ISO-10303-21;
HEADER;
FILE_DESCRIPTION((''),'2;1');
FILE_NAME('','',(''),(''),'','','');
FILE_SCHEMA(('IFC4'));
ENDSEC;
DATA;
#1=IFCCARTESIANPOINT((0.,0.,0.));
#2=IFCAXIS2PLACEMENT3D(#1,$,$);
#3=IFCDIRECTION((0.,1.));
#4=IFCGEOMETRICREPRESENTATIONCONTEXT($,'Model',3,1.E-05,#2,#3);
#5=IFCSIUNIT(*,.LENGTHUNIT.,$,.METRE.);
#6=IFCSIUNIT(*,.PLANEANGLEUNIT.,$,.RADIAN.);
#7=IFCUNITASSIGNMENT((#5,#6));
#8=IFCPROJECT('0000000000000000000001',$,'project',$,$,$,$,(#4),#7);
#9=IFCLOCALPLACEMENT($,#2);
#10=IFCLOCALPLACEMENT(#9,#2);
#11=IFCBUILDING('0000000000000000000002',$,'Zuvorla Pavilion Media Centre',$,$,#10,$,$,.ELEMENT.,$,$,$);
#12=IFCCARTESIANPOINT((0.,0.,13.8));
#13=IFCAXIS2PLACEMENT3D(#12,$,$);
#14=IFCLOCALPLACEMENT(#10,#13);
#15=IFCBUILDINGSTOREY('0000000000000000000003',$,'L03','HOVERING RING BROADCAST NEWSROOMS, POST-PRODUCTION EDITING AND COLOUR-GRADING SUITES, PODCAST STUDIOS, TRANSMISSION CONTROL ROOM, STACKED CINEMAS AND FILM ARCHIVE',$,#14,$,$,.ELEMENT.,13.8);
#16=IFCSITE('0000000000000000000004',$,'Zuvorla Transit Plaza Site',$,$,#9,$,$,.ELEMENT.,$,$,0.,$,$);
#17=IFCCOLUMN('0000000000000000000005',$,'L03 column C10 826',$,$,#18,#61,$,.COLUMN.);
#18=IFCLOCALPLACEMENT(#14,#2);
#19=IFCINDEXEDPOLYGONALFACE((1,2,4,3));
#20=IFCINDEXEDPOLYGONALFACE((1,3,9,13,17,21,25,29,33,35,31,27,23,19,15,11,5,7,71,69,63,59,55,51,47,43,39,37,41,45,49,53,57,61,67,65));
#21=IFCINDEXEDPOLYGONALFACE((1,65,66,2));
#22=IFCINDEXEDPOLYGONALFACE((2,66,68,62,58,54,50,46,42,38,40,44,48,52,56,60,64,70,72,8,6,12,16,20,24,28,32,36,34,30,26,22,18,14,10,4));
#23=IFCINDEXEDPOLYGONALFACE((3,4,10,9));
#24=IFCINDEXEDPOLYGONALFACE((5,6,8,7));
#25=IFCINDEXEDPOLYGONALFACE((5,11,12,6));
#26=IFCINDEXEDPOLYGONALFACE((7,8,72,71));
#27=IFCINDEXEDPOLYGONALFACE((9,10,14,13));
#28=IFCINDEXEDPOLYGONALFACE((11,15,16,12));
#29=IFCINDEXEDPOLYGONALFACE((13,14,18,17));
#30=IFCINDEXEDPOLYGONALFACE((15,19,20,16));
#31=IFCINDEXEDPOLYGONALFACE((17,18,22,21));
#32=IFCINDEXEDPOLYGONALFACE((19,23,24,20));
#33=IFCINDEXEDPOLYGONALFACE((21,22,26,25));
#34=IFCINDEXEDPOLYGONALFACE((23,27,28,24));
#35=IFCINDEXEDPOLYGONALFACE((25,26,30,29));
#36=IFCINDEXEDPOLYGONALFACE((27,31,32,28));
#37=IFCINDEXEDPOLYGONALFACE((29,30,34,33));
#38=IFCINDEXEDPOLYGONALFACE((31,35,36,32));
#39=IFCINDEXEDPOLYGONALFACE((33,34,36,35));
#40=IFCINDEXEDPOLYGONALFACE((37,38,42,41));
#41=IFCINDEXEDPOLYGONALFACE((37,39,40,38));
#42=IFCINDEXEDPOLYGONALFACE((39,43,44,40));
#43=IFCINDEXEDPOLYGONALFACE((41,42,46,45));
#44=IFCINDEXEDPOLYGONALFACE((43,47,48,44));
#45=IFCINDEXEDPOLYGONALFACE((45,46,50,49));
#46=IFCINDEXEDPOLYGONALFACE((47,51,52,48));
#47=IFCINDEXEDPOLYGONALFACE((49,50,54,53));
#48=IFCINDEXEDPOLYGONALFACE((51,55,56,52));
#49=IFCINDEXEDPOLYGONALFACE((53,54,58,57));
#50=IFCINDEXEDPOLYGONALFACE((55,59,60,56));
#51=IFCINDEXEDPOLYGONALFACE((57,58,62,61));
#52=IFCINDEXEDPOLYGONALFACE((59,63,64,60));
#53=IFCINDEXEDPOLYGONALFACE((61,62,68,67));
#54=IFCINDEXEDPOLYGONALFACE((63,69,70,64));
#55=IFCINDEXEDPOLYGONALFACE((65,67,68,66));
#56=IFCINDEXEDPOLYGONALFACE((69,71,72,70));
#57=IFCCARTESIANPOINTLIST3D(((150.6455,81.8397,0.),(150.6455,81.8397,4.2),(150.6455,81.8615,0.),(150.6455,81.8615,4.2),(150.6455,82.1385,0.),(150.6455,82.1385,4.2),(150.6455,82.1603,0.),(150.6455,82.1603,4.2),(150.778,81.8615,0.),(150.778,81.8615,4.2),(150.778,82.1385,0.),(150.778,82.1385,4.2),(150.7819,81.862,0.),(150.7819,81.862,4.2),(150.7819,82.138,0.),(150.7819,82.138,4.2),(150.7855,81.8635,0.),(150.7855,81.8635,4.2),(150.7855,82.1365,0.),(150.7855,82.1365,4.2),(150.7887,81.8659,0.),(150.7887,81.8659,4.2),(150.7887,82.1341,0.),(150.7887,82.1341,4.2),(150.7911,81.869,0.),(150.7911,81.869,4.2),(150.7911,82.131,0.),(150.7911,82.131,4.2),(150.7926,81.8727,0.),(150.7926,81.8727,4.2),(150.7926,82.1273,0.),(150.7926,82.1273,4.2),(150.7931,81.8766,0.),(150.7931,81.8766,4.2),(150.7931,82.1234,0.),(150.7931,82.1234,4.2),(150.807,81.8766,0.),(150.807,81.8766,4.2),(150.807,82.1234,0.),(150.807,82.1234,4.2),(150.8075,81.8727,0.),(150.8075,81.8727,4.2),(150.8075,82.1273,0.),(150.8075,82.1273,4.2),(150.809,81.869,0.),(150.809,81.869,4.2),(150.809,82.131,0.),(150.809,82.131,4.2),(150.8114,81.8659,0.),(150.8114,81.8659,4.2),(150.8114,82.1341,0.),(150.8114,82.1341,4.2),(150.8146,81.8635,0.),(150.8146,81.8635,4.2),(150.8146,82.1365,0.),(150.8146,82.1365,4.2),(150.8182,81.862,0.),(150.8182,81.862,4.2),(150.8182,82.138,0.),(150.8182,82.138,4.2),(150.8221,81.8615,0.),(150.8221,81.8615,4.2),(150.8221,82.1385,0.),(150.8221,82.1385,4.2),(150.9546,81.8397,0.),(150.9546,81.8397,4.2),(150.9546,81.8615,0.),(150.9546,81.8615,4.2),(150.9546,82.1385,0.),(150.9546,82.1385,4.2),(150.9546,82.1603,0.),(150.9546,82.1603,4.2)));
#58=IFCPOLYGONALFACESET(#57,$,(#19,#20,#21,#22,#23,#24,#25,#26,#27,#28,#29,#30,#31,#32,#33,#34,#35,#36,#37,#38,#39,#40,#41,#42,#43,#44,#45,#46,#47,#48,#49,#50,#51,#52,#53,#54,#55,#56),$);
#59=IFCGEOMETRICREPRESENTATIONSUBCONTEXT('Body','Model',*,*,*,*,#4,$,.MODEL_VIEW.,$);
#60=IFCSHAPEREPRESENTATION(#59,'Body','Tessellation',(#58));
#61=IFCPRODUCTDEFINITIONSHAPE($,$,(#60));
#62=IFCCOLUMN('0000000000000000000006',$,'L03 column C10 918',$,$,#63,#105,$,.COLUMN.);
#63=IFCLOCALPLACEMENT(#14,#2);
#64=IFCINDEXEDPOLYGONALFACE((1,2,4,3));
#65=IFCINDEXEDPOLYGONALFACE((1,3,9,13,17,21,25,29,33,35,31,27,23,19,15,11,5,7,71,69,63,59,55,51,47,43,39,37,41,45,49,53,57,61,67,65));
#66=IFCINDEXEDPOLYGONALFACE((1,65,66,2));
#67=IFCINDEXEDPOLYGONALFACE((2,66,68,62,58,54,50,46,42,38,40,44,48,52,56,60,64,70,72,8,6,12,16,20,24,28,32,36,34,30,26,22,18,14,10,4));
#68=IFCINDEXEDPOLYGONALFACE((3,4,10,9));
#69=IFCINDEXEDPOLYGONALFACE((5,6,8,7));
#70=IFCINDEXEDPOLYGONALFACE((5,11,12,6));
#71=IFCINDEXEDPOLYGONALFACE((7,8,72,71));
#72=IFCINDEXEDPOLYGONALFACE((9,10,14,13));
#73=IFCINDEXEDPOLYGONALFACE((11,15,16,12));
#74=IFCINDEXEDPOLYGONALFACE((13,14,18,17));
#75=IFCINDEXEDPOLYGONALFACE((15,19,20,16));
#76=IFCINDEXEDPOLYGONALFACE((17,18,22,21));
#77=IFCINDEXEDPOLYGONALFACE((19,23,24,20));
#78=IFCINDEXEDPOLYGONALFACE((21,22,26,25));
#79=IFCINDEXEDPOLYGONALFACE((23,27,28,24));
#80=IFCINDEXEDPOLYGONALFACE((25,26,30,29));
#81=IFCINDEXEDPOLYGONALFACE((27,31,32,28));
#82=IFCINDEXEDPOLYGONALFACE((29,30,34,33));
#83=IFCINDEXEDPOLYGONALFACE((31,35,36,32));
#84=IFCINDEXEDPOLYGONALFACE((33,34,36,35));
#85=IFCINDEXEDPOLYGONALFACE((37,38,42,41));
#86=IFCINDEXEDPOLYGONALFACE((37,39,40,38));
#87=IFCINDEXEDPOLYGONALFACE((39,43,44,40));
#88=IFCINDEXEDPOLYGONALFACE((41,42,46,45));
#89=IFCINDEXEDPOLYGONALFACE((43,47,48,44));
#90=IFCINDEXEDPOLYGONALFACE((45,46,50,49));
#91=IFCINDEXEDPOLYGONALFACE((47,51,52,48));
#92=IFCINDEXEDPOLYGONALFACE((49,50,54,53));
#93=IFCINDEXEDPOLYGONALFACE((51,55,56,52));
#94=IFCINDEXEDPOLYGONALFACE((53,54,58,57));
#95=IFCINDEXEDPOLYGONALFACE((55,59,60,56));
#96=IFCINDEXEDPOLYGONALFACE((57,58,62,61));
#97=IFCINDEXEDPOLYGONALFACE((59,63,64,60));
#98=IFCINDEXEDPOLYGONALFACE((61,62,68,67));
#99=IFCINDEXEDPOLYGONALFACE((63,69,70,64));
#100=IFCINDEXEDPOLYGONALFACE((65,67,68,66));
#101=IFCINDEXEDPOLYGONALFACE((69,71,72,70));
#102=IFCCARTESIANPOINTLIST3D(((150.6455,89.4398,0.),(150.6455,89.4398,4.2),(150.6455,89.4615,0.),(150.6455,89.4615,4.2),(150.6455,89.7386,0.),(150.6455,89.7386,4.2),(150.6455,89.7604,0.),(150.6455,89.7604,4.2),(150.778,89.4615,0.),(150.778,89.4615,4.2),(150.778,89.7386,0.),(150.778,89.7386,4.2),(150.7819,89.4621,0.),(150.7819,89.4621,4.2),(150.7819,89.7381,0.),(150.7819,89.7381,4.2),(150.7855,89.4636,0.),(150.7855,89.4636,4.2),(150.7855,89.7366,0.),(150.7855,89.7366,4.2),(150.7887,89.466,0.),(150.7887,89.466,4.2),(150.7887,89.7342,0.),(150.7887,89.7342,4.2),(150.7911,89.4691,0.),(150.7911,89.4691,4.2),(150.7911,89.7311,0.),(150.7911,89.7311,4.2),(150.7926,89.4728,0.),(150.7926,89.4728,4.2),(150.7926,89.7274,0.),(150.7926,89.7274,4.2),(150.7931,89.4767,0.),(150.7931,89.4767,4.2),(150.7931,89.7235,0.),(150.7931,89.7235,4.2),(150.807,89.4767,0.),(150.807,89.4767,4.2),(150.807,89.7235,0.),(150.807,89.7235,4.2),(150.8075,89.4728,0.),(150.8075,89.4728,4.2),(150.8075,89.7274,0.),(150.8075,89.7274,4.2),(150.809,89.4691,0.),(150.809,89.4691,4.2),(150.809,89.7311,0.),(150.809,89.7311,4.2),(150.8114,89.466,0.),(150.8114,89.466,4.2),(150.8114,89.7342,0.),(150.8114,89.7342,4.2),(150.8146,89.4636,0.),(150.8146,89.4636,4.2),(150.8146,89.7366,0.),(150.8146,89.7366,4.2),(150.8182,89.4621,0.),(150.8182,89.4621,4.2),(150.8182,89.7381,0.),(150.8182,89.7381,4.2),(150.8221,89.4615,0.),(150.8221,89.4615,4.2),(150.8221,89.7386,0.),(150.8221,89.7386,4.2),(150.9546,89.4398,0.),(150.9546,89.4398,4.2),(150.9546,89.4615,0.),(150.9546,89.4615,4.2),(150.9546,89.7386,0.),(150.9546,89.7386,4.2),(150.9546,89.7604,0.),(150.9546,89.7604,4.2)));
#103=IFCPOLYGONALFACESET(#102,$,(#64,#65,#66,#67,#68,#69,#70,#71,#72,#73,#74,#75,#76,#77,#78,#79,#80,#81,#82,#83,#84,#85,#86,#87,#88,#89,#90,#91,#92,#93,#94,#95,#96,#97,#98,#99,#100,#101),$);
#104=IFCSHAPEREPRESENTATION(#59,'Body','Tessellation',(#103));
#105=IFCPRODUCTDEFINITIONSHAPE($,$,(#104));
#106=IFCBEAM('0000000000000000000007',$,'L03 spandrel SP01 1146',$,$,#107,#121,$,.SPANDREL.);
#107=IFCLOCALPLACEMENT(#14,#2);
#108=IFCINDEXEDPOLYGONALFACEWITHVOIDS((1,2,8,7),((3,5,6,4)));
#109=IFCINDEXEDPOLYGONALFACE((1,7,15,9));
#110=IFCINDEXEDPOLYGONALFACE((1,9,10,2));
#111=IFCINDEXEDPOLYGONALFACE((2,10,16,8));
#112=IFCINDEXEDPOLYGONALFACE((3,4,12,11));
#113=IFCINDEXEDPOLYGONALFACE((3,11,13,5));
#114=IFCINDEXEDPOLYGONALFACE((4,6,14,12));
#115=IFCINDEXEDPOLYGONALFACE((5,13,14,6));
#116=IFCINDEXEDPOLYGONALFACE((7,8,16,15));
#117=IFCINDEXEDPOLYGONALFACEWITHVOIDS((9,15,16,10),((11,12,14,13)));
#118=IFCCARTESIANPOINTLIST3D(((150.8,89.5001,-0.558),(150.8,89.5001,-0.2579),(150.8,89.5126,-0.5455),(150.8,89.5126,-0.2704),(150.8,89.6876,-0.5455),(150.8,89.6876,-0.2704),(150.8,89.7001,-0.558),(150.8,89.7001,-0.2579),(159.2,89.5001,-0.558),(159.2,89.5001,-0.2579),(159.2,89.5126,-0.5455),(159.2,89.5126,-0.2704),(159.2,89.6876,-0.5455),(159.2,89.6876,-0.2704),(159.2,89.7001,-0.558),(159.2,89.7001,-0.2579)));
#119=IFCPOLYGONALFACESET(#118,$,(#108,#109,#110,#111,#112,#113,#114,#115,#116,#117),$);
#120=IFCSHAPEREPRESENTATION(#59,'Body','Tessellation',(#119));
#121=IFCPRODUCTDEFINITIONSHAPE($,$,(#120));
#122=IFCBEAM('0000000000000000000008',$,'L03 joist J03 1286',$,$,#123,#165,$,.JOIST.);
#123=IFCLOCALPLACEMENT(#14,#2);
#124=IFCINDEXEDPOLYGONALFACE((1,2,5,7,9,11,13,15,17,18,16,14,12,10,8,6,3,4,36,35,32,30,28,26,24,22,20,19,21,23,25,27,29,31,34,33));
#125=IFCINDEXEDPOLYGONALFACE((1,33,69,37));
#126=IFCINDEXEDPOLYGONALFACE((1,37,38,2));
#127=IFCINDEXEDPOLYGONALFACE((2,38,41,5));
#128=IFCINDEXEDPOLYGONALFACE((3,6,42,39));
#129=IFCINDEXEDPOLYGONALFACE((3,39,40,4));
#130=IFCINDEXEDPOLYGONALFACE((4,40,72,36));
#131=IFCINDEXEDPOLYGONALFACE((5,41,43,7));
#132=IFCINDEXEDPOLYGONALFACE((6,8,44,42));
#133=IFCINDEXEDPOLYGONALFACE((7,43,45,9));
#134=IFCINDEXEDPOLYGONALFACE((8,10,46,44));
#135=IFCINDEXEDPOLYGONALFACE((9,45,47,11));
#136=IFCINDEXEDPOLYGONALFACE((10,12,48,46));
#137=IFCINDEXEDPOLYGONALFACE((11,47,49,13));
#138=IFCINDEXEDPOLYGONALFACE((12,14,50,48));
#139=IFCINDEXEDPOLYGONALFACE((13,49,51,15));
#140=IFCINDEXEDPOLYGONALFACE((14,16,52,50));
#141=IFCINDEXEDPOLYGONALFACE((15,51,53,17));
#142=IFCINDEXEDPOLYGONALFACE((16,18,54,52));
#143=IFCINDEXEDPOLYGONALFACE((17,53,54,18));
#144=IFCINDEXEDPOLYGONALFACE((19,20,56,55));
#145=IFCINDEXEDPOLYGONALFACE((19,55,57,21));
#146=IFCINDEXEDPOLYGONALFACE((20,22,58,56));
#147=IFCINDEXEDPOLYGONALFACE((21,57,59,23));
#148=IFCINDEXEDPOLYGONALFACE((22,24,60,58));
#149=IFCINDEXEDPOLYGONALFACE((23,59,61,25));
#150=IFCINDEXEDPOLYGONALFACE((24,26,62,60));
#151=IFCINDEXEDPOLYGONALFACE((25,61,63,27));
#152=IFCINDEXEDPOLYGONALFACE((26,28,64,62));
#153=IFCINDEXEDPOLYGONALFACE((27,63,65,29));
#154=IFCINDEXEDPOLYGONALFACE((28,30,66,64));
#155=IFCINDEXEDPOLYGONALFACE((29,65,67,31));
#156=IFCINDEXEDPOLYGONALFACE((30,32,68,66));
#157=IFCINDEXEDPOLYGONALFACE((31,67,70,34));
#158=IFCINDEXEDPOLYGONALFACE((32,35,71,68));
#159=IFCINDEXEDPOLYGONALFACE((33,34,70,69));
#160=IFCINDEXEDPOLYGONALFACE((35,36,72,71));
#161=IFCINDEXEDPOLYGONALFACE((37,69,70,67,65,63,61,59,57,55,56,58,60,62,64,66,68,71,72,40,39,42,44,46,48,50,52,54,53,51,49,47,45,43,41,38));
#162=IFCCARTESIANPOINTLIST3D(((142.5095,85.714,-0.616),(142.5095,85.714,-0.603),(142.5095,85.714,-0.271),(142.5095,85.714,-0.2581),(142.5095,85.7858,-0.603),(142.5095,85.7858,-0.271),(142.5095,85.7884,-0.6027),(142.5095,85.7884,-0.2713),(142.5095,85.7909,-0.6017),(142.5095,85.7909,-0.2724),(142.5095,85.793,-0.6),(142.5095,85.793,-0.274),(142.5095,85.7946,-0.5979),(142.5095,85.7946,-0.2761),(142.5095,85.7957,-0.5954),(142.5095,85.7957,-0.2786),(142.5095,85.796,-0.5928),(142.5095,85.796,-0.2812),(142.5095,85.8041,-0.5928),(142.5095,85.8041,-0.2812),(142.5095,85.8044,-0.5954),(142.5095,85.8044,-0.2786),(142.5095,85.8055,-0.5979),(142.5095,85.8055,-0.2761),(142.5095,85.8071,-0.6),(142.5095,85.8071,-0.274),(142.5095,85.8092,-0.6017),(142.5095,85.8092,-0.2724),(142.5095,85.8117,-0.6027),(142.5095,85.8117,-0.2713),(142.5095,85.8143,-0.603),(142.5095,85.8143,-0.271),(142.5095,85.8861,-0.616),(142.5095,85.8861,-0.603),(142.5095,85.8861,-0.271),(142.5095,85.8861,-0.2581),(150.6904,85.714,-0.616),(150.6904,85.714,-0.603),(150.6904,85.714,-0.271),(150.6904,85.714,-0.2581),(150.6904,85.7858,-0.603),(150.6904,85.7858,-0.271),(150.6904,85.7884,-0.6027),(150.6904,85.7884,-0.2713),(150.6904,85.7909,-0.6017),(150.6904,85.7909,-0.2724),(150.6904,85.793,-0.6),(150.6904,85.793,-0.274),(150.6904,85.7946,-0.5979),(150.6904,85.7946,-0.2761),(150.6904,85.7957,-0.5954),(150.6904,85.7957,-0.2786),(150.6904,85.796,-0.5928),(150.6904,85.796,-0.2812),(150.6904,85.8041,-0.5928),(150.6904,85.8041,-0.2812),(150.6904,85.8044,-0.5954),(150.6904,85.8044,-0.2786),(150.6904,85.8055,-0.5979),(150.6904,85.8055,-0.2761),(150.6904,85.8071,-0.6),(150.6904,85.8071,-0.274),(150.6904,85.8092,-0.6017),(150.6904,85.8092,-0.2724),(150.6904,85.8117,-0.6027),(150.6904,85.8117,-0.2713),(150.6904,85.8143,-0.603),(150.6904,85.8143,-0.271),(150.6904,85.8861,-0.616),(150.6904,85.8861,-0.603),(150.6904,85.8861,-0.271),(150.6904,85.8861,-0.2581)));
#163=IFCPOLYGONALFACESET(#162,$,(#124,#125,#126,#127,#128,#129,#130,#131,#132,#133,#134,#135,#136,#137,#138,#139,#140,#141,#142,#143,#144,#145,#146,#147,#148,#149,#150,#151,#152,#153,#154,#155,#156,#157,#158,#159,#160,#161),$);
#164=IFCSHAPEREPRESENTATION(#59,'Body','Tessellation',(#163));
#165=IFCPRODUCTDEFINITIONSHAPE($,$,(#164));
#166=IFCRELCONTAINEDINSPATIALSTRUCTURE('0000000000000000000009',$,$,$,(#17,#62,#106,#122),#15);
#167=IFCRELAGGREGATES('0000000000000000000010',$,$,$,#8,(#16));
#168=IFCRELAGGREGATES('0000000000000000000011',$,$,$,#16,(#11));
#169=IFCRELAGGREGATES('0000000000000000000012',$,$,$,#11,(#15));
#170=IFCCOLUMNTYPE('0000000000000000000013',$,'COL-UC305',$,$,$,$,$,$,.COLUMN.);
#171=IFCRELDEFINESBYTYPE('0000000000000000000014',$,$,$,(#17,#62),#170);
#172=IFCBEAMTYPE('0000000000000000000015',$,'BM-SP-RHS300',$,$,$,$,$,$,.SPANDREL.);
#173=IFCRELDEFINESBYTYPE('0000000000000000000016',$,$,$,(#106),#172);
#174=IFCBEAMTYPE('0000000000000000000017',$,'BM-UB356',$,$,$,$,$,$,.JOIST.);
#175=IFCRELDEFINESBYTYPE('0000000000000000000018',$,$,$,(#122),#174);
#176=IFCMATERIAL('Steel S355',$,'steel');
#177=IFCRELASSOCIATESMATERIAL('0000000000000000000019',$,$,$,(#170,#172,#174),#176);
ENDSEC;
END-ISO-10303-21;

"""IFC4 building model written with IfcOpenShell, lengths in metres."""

from ifc_helpers import new_model, si_unit, direction, frame, origin, origin_2d, place, context, subcontext, project, spatial, hollow_rectangle, i_section, extrude, material, material_profile, profile_set, type_object, element, save


model = new_model("IFC4")

# Units and contexts
model_context = context("Model", 3, precision=1e-05, world=origin(), true_north=direction((0.0, 1.0)))
body_context = subcontext(model_context, "Body", "Model", "MODEL_VIEW")
ifc_project = project(units=[si_unit("LENGTHUNIT", "METRE"), si_unit("PLANEANGLEUNIT", "RADIAN")], contexts=[model_context])

# Site, building, storey
site_placement = place(None, origin())
site = spatial("IfcSite", under=ifc_project, at=site_placement, Name="Zuvorla Transit Plaza Site", CompositionType="ELEMENT", RefElevation=0.0)
building_placement = place(site_placement, origin())
building = spatial("IfcBuilding", under=site, at=building_placement, Name="Zuvorla Pavilion Media Centre", CompositionType="ELEMENT")
storey_placement = place(building_placement, frame((0.0, 0.0, 13.8)))
storey = spatial("IfcBuildingStorey", under=building, at=storey_placement, Name="L03", Description="HOVERING RING BROADCAST NEWSROOMS, POST-PRODUCTION EDITING AND COLOUR-GRADING SUITES, PODCAST STUDIOS, TRANSMISSION CONTROL ROOM, STACKED CINEMAS AND FILM ARCHIVE", CompositionType="ELEMENT", Elevation=13.8)

# Columns
ifc_material_1 = material(Name="Steel S355", Category="steel")
ifc_material_profile_1 = material_profile(ifc_material_1, i_section(OverallWidth=0.3091, OverallDepth=0.3206, WebThickness=0.0139, FlangeThickness=0.0217, FilletRadius=0.0151, at=origin_2d()), Name="UC 305x305x137")
ifc_profile_set_1 = profile_set([ifc_material_profile_1], Name="Steel S355")
column_type = type_object("IfcColumnType", Name="COL-UC305", PredefinedType="COLUMN", material=ifc_profile_set_1)
for number, where, z_axis, x_axis, name in (
    (1, (150.8, 82.0, 0.0), (0.0, 0.0, 1.0), (1.0, 0.0, 0.0), "L03 column C10 826"),
    (2, (150.8, 89.6001, 0.0), (0.0, 0.0, 1.0), (1.0, 0.0, 0.0), "L03 column C10 918"),
):
    element("IfcColumn", number, at=place(storey_placement, frame(where, z_axis=z_axis, x_axis=x_axis)), inside=storey, type_object=column_type, Name=name, PredefinedType="COLUMN", context=body_context, shape_type="SweptSolid", body=[
        extrude(i_section(OverallWidth=0.3091, OverallDepth=0.3206, WebThickness=0.0139, FlangeThickness=0.0217, FilletRadius=0.0151, at=origin_2d()), origin(), (0.0, 0.0, 1.0), 4.2),
    ])

# Beams
ifc_material_profile_2 = material_profile(ifc_material_1, hollow_rectangle(XDim=0.2, YDim=0.3, WallThickness=0.0125, at=origin_2d()), Name="RHS 300x200x12.5")
ifc_profile_set_2 = profile_set([ifc_material_profile_2], Name="Steel S355")
beam_type_1 = type_object("IfcBeamType", Name="BM-SP-RHS300", PredefinedType="SPANDREL", material=ifc_profile_set_2)
beam_1_placement = place(storey_placement, frame((150.8, 89.6001, -0.408), z_axis=(1.0, 0.0, 0.0), x_axis=(0.0, 1.0, 0.0)))
element("IfcBeam", 3, at=beam_1_placement, inside=storey, type_object=beam_type_1, Name="L03 spandrel SP01 1146", PredefinedType="SPANDREL", context=body_context, shape_type="SweptSolid", body=[
    extrude(hollow_rectangle(XDim=0.2, YDim=0.3, WallThickness=0.0125, at=origin_2d()), origin(), (0.0, 0.0, 1.0), 8.3999),
])
ifc_material_profile_3 = material_profile(ifc_material_1, i_section(OverallWidth=0.1721, OverallDepth=0.3579, WebThickness=0.0081, FlangeThickness=0.0129, FilletRadius=0.0103, at=origin_2d()), Name="UB 356x171x57")
ifc_profile_set_3 = profile_set([ifc_material_profile_3], Name="Steel S355")
beam_type_2 = type_object("IfcBeamType", Name="BM-UB356", PredefinedType="JOIST", material=ifc_profile_set_3)
beam_2_placement = place(storey_placement, frame((142.5095, 85.8, -0.437), z_axis=(1.0, 0.0, 0.0), x_axis=(0.0, 1.0, 0.0)))
element("IfcBeam", 4, at=beam_2_placement, inside=storey, type_object=beam_type_2, Name="L03 joist J03 1286", PredefinedType="JOIST", context=body_context, shape_type="SweptSolid", body=[
    extrude(i_section(OverallWidth=0.1721, OverallDepth=0.3579, WebThickness=0.0081, FlangeThickness=0.0129, FilletRadius=0.0103, at=origin_2d()), origin(), (0.0, 0.0, 1.0), 8.1809),
])

save(model, "model.ifc")
